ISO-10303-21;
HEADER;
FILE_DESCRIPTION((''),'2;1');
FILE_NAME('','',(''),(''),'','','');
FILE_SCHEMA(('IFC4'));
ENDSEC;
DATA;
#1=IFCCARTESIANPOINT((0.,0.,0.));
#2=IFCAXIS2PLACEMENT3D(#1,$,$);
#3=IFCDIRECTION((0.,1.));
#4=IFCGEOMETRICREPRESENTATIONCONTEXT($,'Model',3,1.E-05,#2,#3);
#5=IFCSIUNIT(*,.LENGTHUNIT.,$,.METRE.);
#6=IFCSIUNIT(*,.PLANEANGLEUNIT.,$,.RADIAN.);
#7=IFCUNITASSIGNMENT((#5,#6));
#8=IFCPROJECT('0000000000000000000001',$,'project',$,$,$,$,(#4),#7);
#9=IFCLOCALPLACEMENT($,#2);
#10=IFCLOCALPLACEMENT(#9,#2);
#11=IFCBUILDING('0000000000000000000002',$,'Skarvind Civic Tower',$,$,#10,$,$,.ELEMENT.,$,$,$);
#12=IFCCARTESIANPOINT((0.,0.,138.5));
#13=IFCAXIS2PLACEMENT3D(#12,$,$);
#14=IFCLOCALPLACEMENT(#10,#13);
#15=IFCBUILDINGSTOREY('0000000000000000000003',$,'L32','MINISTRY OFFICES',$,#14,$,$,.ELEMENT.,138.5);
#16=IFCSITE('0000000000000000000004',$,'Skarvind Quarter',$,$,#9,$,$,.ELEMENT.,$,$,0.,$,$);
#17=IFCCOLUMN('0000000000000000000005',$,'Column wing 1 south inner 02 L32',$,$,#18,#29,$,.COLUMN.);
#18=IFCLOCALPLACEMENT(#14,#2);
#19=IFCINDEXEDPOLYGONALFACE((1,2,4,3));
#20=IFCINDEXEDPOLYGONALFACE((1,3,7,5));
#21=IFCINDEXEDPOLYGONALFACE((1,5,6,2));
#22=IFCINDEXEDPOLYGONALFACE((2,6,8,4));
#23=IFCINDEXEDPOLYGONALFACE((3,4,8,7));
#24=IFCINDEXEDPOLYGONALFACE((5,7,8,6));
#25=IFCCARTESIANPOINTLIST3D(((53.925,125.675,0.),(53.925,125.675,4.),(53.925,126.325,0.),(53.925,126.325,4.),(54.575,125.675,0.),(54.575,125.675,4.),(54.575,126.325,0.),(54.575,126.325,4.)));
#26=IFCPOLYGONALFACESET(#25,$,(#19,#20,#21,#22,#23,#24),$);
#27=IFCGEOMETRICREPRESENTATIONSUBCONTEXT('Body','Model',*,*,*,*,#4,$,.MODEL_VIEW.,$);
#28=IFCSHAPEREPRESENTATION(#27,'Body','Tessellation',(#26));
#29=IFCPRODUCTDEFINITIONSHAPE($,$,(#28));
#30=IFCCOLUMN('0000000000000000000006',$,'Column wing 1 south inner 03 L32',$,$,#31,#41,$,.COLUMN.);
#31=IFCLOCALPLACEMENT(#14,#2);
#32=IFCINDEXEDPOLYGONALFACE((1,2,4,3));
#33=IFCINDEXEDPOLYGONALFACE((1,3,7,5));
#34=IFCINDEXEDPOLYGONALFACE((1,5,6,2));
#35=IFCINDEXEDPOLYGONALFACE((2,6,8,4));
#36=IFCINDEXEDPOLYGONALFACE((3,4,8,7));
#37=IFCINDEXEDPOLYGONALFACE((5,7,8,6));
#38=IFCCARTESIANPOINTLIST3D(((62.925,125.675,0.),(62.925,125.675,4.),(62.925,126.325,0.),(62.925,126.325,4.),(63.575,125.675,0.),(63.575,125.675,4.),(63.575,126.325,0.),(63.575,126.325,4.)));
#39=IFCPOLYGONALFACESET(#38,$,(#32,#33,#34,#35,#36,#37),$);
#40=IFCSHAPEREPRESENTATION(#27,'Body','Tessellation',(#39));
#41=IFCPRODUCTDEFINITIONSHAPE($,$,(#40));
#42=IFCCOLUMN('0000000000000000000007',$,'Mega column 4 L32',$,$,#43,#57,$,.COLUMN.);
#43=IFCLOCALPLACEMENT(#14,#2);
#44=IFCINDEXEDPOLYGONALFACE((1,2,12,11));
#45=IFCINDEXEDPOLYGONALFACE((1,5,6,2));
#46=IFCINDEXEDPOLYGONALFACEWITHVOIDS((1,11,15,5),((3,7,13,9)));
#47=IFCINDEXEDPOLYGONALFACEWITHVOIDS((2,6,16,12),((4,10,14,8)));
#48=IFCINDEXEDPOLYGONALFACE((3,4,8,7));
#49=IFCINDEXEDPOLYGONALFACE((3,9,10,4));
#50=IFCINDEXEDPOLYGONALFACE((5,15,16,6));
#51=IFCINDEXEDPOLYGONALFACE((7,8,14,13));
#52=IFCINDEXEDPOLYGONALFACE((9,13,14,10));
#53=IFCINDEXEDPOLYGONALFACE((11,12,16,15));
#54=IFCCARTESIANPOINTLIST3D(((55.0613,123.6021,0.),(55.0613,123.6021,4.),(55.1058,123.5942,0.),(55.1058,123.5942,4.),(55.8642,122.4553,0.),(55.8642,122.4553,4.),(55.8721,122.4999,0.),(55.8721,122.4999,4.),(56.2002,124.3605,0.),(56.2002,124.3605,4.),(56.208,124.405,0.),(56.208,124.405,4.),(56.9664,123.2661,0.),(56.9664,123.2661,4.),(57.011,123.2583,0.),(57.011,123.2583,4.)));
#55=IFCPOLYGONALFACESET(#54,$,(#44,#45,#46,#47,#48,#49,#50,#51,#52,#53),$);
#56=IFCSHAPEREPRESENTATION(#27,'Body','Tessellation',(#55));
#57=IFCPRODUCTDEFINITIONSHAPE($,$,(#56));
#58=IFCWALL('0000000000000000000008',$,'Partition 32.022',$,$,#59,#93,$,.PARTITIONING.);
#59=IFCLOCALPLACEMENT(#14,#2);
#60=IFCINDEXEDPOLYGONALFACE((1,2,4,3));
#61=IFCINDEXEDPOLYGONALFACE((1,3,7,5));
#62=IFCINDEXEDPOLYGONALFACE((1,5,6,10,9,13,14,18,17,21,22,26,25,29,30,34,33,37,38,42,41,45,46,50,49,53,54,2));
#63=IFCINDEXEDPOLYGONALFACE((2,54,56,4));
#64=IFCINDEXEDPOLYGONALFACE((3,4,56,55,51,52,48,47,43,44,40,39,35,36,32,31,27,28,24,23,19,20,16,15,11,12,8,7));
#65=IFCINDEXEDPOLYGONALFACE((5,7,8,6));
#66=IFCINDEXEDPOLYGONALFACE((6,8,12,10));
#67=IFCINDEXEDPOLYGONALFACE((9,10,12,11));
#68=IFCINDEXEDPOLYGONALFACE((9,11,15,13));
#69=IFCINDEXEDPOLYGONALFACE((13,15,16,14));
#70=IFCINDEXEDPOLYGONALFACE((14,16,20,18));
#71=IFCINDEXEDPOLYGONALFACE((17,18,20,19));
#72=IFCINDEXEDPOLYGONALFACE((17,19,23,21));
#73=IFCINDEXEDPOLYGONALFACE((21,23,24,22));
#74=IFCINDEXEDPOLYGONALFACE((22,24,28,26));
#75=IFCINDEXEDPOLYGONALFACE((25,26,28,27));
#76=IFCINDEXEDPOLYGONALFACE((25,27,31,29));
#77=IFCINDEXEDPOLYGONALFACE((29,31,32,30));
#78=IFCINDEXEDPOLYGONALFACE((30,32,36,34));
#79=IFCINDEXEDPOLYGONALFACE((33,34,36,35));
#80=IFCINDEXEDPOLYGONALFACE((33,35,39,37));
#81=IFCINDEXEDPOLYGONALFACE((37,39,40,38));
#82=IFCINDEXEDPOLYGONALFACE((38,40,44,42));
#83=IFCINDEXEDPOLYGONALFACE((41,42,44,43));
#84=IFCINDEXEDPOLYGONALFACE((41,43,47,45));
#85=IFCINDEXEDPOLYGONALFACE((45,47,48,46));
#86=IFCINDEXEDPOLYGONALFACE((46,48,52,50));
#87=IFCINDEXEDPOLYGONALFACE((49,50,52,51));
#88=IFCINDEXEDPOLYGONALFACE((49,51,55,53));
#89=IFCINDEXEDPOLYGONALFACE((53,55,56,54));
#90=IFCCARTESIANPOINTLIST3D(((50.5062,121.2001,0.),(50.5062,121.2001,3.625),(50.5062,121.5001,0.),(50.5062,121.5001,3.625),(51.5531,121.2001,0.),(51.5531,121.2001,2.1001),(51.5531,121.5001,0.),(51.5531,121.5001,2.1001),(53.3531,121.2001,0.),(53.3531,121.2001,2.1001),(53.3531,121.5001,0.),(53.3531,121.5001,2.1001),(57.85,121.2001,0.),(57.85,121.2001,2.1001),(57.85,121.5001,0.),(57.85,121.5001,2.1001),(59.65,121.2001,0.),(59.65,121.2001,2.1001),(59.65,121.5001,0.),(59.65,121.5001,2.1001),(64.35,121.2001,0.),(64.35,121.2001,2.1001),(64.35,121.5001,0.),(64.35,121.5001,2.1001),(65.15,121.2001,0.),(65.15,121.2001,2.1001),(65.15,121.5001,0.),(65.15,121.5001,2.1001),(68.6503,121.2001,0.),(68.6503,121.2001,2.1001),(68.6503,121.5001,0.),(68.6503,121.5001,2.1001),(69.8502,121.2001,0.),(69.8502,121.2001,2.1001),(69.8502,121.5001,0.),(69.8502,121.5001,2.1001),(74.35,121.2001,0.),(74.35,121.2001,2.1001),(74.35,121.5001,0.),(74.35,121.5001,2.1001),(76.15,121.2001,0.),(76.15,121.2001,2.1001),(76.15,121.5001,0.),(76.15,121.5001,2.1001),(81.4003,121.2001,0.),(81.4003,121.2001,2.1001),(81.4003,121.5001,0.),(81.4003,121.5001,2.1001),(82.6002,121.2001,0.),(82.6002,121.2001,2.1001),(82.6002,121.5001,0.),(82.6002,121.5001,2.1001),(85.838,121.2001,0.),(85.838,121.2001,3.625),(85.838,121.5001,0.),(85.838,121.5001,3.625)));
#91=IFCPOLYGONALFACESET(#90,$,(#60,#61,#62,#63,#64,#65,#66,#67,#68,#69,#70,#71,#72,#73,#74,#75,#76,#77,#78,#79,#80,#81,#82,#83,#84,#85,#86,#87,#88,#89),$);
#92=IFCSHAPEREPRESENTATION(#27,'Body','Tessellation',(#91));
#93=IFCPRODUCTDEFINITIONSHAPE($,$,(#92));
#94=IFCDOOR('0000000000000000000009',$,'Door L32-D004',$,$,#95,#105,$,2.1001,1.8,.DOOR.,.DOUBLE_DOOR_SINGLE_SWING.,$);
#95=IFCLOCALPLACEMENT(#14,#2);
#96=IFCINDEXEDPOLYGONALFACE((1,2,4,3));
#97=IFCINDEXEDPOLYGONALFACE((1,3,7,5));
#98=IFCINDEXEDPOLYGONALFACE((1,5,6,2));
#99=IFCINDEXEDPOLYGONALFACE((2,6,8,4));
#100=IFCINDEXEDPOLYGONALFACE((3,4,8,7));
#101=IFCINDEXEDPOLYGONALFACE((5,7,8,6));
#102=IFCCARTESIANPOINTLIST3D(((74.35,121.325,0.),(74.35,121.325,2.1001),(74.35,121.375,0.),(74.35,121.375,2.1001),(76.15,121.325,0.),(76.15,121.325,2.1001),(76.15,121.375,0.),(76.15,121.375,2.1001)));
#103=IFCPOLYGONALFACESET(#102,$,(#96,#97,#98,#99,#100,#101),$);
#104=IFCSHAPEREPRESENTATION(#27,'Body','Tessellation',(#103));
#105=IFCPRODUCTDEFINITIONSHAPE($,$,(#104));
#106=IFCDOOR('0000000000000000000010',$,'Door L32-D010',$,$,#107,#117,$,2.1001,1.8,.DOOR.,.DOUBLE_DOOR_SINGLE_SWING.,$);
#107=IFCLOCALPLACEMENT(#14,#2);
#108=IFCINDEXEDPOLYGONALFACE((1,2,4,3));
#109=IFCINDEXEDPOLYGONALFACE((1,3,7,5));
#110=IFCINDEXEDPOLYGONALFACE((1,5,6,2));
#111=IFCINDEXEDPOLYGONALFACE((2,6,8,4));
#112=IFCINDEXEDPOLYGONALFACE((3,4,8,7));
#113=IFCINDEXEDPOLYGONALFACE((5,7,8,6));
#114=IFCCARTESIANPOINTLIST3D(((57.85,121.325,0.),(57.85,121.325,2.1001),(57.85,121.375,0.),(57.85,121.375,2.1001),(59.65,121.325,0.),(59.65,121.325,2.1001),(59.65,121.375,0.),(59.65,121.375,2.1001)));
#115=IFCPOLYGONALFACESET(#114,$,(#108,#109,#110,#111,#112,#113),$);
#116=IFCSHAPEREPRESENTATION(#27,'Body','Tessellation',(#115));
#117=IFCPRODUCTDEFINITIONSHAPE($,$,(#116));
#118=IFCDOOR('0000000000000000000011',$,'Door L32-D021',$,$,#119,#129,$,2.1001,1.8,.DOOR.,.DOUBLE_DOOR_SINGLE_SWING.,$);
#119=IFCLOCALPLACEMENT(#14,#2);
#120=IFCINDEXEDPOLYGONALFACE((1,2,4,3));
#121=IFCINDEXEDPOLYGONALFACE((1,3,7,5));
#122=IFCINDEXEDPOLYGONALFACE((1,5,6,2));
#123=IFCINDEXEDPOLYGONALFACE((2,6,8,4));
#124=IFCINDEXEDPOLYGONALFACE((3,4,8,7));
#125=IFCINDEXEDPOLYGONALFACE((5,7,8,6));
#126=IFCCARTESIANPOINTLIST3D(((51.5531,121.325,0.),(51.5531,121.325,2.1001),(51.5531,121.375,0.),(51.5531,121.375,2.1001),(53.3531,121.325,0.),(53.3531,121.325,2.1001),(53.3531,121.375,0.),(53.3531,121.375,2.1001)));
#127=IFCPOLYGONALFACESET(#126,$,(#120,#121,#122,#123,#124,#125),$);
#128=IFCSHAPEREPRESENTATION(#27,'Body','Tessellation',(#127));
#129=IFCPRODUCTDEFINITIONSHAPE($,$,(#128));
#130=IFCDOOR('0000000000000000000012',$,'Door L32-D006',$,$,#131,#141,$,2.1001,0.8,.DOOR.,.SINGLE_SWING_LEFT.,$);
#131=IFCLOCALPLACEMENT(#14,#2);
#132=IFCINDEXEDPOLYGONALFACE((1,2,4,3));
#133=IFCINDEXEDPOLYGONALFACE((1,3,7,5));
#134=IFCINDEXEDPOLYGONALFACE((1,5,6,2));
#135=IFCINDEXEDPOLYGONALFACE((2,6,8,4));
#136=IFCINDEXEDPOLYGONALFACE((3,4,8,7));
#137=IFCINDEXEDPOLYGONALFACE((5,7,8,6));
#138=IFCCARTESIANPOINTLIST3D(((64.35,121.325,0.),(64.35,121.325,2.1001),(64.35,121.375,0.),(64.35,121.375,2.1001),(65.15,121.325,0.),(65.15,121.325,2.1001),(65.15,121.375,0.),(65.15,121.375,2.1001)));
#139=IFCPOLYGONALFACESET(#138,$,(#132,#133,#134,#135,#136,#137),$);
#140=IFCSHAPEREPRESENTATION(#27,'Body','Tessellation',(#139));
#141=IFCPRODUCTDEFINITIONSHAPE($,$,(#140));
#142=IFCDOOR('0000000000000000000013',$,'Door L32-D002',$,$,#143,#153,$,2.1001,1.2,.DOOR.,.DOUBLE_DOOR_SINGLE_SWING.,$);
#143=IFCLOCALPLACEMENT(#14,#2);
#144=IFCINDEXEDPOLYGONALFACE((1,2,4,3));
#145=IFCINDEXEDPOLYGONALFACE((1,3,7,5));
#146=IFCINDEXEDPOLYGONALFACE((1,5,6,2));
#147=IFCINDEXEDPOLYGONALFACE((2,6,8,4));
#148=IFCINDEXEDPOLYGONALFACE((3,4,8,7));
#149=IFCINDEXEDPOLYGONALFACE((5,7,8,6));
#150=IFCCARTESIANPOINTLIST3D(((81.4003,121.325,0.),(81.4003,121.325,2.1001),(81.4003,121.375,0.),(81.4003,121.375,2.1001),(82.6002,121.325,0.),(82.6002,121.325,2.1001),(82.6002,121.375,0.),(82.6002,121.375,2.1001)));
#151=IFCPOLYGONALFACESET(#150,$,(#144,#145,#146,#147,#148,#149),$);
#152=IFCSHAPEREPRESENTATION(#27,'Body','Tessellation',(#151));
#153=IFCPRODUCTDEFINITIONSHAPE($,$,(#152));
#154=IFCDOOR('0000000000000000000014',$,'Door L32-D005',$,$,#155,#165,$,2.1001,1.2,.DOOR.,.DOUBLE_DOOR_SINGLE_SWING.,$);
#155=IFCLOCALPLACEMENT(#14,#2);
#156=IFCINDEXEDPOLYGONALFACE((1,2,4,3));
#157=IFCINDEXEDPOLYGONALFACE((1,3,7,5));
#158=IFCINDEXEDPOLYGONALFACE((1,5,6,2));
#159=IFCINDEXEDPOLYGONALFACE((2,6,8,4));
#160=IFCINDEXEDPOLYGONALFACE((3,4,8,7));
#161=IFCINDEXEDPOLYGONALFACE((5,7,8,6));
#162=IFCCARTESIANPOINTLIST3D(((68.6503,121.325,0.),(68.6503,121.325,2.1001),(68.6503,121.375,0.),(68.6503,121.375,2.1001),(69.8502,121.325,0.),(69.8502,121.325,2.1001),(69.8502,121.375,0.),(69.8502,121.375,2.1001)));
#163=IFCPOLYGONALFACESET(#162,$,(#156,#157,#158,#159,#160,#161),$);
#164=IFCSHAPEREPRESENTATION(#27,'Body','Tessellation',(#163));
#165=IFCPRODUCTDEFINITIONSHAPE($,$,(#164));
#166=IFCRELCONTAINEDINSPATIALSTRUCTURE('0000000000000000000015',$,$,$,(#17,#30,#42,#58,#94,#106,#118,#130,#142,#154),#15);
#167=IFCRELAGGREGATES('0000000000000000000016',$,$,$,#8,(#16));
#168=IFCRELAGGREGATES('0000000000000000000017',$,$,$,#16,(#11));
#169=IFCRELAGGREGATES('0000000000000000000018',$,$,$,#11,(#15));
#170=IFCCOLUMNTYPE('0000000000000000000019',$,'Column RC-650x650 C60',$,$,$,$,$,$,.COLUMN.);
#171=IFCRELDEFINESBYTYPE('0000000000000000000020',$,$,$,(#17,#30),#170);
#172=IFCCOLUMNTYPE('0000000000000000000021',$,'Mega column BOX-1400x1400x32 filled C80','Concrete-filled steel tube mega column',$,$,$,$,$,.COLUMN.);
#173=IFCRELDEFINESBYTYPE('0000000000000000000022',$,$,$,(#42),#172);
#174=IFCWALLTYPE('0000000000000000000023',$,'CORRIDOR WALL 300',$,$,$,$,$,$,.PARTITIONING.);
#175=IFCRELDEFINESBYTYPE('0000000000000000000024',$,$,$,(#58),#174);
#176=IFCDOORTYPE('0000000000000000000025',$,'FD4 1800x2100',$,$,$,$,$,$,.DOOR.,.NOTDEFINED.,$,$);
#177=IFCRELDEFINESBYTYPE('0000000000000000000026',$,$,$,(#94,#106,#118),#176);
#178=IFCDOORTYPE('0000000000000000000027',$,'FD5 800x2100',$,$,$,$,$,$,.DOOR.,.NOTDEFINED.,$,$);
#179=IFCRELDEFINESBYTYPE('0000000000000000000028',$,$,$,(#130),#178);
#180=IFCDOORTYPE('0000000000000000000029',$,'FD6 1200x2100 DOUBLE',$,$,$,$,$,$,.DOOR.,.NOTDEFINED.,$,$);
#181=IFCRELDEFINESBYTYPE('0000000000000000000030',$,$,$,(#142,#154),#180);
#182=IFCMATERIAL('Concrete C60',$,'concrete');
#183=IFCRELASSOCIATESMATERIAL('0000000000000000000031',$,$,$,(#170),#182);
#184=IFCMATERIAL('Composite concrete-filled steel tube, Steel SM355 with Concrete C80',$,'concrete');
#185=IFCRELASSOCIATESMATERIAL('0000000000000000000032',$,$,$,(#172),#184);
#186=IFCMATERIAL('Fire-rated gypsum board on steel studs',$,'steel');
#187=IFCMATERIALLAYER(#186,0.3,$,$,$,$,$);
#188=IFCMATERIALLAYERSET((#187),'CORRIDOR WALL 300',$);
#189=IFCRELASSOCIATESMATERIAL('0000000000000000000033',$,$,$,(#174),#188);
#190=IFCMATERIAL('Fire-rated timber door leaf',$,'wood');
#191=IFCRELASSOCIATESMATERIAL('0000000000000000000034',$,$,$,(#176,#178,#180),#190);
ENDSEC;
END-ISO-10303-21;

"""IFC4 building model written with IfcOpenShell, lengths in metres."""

from ifc_helpers import new_model, si_unit, direction, frame, frame_2d, origin, origin_2d, place, context, subcontext, project, spatial, rectangle, hollow_rectangle, extrude, material, layer, layer_set, material_profile, profile_set, type_object, element, fill, save


model = new_model("IFC4")

# Units and contexts
model_context = context("Model", 3, precision=1e-05, world=origin(), true_north=direction((0.0, 1.0)))
body_context = subcontext(model_context, "Body", "Model", "MODEL_VIEW")
ifc_project = project(units=[si_unit("LENGTHUNIT", "METRE"), si_unit("PLANEANGLEUNIT", "RADIAN")], contexts=[model_context])

# Site, building, storey
site_placement = place(None, origin())
site = spatial("IfcSite", under=ifc_project, at=site_placement, Name="Skarvind Quarter", CompositionType="ELEMENT", RefElevation=0.0)
building_placement = place(site_placement, origin())
building = spatial("IfcBuilding", under=site, at=building_placement, Name="Skarvind Civic Tower", CompositionType="ELEMENT")
storey_placement = place(building_placement, frame((0.0, 0.0, 138.5)))
storey = spatial("IfcBuildingStorey", under=building, at=storey_placement, Name="L32", Description="MINISTRY OFFICES", CompositionType="ELEMENT", Elevation=138.5)

# Columns
ifc_material_1 = material(Name="Concrete C60", Category="concrete")
ifc_material_profile_1 = material_profile(ifc_material_1, rectangle(XDim=0.6499, YDim=0.6499, at=origin_2d()), Name="RC-650x650")
ifc_profile_set_1 = profile_set([ifc_material_profile_1], Name="Concrete C60")
column_type_1 = type_object("IfcColumnType", Name="Column RC-650x650 C60", PredefinedType="COLUMN", material=ifc_profile_set_1)
for number, where, z_axis, x_axis, name in (
    (1, (54.25, 126.0, 0.0), (0.0, 0.0, 1.0), (1.0, 0.0, 0.0), "Column wing 1 south inner 02 L32"),
    (2, (63.25, 126.0, 0.0), (0.0, 0.0, 1.0), (1.0, 0.0, 0.0), "Column wing 1 south inner 03 L32"),
):
    element("IfcColumn", number, at=place(storey_placement, frame(where, z_axis=z_axis, x_axis=x_axis)), inside=storey, type_object=column_type_1, Name=name, PredefinedType="COLUMN", context=body_context, shape_type="SweptSolid", body=[
        extrude(rectangle(XDim=0.6499, YDim=0.6499, at=origin_2d()), origin(), (0.0, 0.0, 1.0), 4.0),
    ])
ifc_material_2 = material(Name="Composite concrete-filled steel tube, Steel SM355 with Concrete C80", Category="concrete")
ifc_material_profile_2 = material_profile(ifc_material_2, hollow_rectangle(XDim=1.3999, YDim=1.3999, WallThickness=0.032, at=origin_2d()), Name="BOX-1400x1400x32")
ifc_profile_set_2 = profile_set([ifc_material_profile_2], Name="Composite concrete-filled steel tube, Steel SM355 with Concrete C80")
column_type_2 = type_object("IfcColumnType", Name="Mega column BOX-1400x1400x32 filled C80", Description="Concrete-filled steel tube mega column", PredefinedType="COLUMN", material=ifc_profile_set_2)
column_placement = place(storey_placement, frame((56.0361, 123.4302, 0.0), z_axis=(0.0, 0.0, 1.0), x_axis=(0.573576, -0.819152, 0.0)))
element("IfcColumn", 3, at=column_placement, inside=storey, type_object=column_type_2, Name="Mega column 4 L32", PredefinedType="COLUMN", context=body_context, shape_type="SweptSolid", body=[
    extrude(hollow_rectangle(XDim=1.3999, YDim=1.3999, WallThickness=0.032, at=origin_2d()), origin(), (0.0, 0.0, 1.0), 4.0),
])

# Wall, openings, doors
ifc_material_3 = material(Name="Fire-rated gypsum board on steel studs", Category="steel")
ifc_layer_1 = layer(ifc_material_3, 0.3)
ifc_layer_set_1 = layer_set([ifc_layer_1], Name="CORRIDOR WALL 300")
wall_type_1 = type_object("IfcWallType", Name="CORRIDOR WALL 300", PredefinedType="PARTITIONING", material=ifc_layer_set_1)
wall_1_placement = place(storey_placement, frame((50.5061, 121.3501, 0.0), z_axis=(0.0, 0.0, 1.0), x_axis=(1.0, 0.0, 0.0)))
wall_1 = element("IfcWall", 4, at=wall_1_placement, inside=storey, type_object=wall_type_1, Name="Partition 32.022", PredefinedType="PARTITIONING", context=body_context, shape_type="SweptSolid", body=[
    extrude(rectangle(XDim=35.3318, YDim=0.3, at=frame_2d((17.666, 0.0))), origin(), (0.0, 0.0, 1.0), 3.625),
])
opening_1_placement = place(wall_1_placement, frame((30.894, 0.0, 0.0)))
opening_1 = element("IfcOpeningElement", 5, at=opening_1_placement, cuts=wall_1, PredefinedType="OPENING", context=body_context, shape_type="SweptSolid", body=[
    extrude(rectangle(XDim=1.2, YDim=2.1001, at=frame_2d((0.6001, 1.05))), frame((0.0, 0.1599, 0.0), z_axis=(0.0, -1.0, 0.0), x_axis=(1.0, 0.0, 0.0)), (0.0, 0.0, 1.0), 0.3201),
])
opening_2_placement = place(wall_1_placement, frame((23.844, 0.0, 0.0)))
opening_2 = element("IfcOpeningElement", 6, at=opening_2_placement, cuts=wall_1, PredefinedType="OPENING", context=body_context, shape_type="SweptSolid", body=[
    extrude(rectangle(XDim=1.8, YDim=2.1001, at=frame_2d((0.8999, 1.05))), frame((0.0, 0.1599, 0.0), z_axis=(0.0, -1.0, 0.0), x_axis=(1.0, 0.0, 0.0)), (0.0, 0.0, 1.0), 0.3201),
])
opening_3_placement = place(wall_1_placement, frame((18.144, 0.0, 0.0)))
opening_3 = element("IfcOpeningElement", 7, at=opening_3_placement, cuts=wall_1, PredefinedType="OPENING", context=body_context, shape_type="SweptSolid", body=[
    extrude(rectangle(XDim=1.2, YDim=2.1001, at=frame_2d((0.6001, 1.05))), frame((0.0, 0.1599, 0.0), z_axis=(0.0, -1.0, 0.0), x_axis=(1.0, 0.0, 0.0)), (0.0, 0.0, 1.0), 0.3201),
])
opening_4_placement = place(wall_1_placement, frame((13.844, 0.0, 0.0)))
opening_4 = element("IfcOpeningElement", 8, at=opening_4_placement, cuts=wall_1, PredefinedType="OPENING", context=body_context, shape_type="SweptSolid", body=[
    extrude(rectangle(XDim=0.8, YDim=2.1001, at=frame_2d((0.3999, 1.05))), frame((0.0, 0.1599, 0.0), z_axis=(0.0, -1.0, 0.0), x_axis=(1.0, 0.0, 0.0)), (0.0, 0.0, 1.0), 0.3201),
])
opening_5_placement = place(wall_1_placement, frame((7.344, 0.0, 0.0)))
opening_5 = element("IfcOpeningElement", 9, at=opening_5_placement, cuts=wall_1, PredefinedType="OPENING", context=body_context, shape_type="SweptSolid", body=[
    extrude(rectangle(XDim=1.8, YDim=2.1001, at=frame_2d((0.8999, 1.05))), frame((0.0, 0.1599, 0.0), z_axis=(0.0, -1.0, 0.0), x_axis=(1.0, 0.0, 0.0)), (0.0, 0.0, 1.0), 0.3201),
])
opening_6_placement = place(wall_1_placement, frame((1.0471, 0.0, 0.0)))
opening_6 = element("IfcOpeningElement", 10, at=opening_6_placement, cuts=wall_1, PredefinedType="OPENING", context=body_context, shape_type="SweptSolid", body=[
    extrude(rectangle(XDim=1.8, YDim=2.1001, at=frame_2d((0.8999, 1.05))), frame((0.0, 0.1599, 0.0), z_axis=(0.0, -1.0, 0.0), x_axis=(1.0, 0.0, 0.0)), (0.0, 0.0, 1.0), 0.3201),
])
ifc_material_4 = material(Name="Fire-rated timber door leaf", Category="wood")
door_type_1 = type_object("IfcDoorType", Name="FD4 1800x2100", OperationType="NOTDEFINED", PredefinedType="DOOR", material=ifc_material_4)
door_1_placement = place(opening_2_placement, origin())
door_1 = element("IfcDoor", 11, at=door_1_placement, inside=storey, type_object=door_type_1, Name="Door L32-D004", OperationType="DOUBLE_DOOR_SINGLE_SWING", OverallHeight=2.1001, OverallWidth=1.8, PredefinedType="DOOR", context=body_context, shape_type="SweptSolid", body=[
    extrude(rectangle(XDim=1.8, YDim=2.1001, at=frame_2d((0.8999, 1.05))), frame((0.0, 0.0249, 0.0), z_axis=(0.0, -1.0, 0.0), x_axis=(1.0, 0.0, 0.0)), (0.0, 0.0, 1.0), 0.05),
])
fill(opening_2, door_1)
door_2_placement = place(opening_5_placement, origin())
door_2 = element("IfcDoor", 12, at=door_2_placement, inside=storey, type_object=door_type_1, Name="Door L32-D010", OperationType="DOUBLE_DOOR_SINGLE_SWING", OverallHeight=2.1001, OverallWidth=1.8, PredefinedType="DOOR", context=body_context, shape_type="SweptSolid", body=[
    extrude(rectangle(XDim=1.8, YDim=2.1001, at=frame_2d((0.8999, 1.05))), frame((0.0, 0.0249, 0.0), z_axis=(0.0, -1.0, 0.0), x_axis=(1.0, 0.0, 0.0)), (0.0, 0.0, 1.0), 0.05),
])
fill(opening_5, door_2)
door_3_placement = place(opening_6_placement, origin())
door_3 = element("IfcDoor", 13, at=door_3_placement, inside=storey, type_object=door_type_1, Name="Door L32-D021", OperationType="DOUBLE_DOOR_SINGLE_SWING", OverallHeight=2.1001, OverallWidth=1.8, PredefinedType="DOOR", context=body_context, shape_type="SweptSolid", body=[
    extrude(rectangle(XDim=1.8, YDim=2.1001, at=frame_2d((0.8999, 1.05))), frame((0.0, 0.0249, 0.0), z_axis=(0.0, -1.0, 0.0), x_axis=(1.0, 0.0, 0.0)), (0.0, 0.0, 1.0), 0.05),
])
fill(opening_6, door_3)
door_type_2 = type_object("IfcDoorType", Name="FD5 800x2100", OperationType="NOTDEFINED", PredefinedType="DOOR", material=ifc_material_4)
door_4_placement = place(opening_4_placement, origin())
door_4 = element("IfcDoor", 14, at=door_4_placement, inside=storey, type_object=door_type_2, Name="Door L32-D006", OperationType="SINGLE_SWING_LEFT", OverallHeight=2.1001, OverallWidth=0.8, PredefinedType="DOOR", context=body_context, shape_type="SweptSolid", body=[
    extrude(rectangle(XDim=0.8, YDim=2.1001, at=frame_2d((0.3999, 1.05))), frame((0.0, 0.0249, 0.0), z_axis=(0.0, -1.0, 0.0), x_axis=(1.0, 0.0, 0.0)), (0.0, 0.0, 1.0), 0.05),
])
fill(opening_4, door_4)
door_type_3 = type_object("IfcDoorType", Name="FD6 1200x2100 DOUBLE", OperationType="NOTDEFINED", PredefinedType="DOOR", material=ifc_material_4)
door_5_placement = place(opening_1_placement, origin())
door_5 = element("IfcDoor", 15, at=door_5_placement, inside=storey, type_object=door_type_3, Name="Door L32-D002", OperationType="DOUBLE_DOOR_SINGLE_SWING", OverallHeight=2.1001, OverallWidth=1.2, PredefinedType="DOOR", context=body_context, shape_type="SweptSolid", body=[
    extrude(rectangle(XDim=1.2, YDim=2.1001, at=frame_2d((0.6001, 1.05))), frame((0.0, 0.0249, 0.0), z_axis=(0.0, -1.0, 0.0), x_axis=(1.0, 0.0, 0.0)), (0.0, 0.0, 1.0), 0.05),
])
fill(opening_1, door_5)
door_6_placement = place(opening_3_placement, origin())
door_6 = element("IfcDoor", 16, at=door_6_placement, inside=storey, type_object=door_type_3, Name="Door L32-D005", OperationType="DOUBLE_DOOR_SINGLE_SWING", OverallHeight=2.1001, OverallWidth=1.2, PredefinedType="DOOR", context=body_context, shape_type="SweptSolid", body=[
    extrude(rectangle(XDim=1.2, YDim=2.1001, at=frame_2d((0.6001, 1.05))), frame((0.0, 0.0249, 0.0), z_axis=(0.0, -1.0, 0.0), x_axis=(1.0, 0.0, 0.0)), (0.0, 0.0, 1.0), 0.05),
])
fill(opening_3, door_6)

save(model, "model.ifc")
